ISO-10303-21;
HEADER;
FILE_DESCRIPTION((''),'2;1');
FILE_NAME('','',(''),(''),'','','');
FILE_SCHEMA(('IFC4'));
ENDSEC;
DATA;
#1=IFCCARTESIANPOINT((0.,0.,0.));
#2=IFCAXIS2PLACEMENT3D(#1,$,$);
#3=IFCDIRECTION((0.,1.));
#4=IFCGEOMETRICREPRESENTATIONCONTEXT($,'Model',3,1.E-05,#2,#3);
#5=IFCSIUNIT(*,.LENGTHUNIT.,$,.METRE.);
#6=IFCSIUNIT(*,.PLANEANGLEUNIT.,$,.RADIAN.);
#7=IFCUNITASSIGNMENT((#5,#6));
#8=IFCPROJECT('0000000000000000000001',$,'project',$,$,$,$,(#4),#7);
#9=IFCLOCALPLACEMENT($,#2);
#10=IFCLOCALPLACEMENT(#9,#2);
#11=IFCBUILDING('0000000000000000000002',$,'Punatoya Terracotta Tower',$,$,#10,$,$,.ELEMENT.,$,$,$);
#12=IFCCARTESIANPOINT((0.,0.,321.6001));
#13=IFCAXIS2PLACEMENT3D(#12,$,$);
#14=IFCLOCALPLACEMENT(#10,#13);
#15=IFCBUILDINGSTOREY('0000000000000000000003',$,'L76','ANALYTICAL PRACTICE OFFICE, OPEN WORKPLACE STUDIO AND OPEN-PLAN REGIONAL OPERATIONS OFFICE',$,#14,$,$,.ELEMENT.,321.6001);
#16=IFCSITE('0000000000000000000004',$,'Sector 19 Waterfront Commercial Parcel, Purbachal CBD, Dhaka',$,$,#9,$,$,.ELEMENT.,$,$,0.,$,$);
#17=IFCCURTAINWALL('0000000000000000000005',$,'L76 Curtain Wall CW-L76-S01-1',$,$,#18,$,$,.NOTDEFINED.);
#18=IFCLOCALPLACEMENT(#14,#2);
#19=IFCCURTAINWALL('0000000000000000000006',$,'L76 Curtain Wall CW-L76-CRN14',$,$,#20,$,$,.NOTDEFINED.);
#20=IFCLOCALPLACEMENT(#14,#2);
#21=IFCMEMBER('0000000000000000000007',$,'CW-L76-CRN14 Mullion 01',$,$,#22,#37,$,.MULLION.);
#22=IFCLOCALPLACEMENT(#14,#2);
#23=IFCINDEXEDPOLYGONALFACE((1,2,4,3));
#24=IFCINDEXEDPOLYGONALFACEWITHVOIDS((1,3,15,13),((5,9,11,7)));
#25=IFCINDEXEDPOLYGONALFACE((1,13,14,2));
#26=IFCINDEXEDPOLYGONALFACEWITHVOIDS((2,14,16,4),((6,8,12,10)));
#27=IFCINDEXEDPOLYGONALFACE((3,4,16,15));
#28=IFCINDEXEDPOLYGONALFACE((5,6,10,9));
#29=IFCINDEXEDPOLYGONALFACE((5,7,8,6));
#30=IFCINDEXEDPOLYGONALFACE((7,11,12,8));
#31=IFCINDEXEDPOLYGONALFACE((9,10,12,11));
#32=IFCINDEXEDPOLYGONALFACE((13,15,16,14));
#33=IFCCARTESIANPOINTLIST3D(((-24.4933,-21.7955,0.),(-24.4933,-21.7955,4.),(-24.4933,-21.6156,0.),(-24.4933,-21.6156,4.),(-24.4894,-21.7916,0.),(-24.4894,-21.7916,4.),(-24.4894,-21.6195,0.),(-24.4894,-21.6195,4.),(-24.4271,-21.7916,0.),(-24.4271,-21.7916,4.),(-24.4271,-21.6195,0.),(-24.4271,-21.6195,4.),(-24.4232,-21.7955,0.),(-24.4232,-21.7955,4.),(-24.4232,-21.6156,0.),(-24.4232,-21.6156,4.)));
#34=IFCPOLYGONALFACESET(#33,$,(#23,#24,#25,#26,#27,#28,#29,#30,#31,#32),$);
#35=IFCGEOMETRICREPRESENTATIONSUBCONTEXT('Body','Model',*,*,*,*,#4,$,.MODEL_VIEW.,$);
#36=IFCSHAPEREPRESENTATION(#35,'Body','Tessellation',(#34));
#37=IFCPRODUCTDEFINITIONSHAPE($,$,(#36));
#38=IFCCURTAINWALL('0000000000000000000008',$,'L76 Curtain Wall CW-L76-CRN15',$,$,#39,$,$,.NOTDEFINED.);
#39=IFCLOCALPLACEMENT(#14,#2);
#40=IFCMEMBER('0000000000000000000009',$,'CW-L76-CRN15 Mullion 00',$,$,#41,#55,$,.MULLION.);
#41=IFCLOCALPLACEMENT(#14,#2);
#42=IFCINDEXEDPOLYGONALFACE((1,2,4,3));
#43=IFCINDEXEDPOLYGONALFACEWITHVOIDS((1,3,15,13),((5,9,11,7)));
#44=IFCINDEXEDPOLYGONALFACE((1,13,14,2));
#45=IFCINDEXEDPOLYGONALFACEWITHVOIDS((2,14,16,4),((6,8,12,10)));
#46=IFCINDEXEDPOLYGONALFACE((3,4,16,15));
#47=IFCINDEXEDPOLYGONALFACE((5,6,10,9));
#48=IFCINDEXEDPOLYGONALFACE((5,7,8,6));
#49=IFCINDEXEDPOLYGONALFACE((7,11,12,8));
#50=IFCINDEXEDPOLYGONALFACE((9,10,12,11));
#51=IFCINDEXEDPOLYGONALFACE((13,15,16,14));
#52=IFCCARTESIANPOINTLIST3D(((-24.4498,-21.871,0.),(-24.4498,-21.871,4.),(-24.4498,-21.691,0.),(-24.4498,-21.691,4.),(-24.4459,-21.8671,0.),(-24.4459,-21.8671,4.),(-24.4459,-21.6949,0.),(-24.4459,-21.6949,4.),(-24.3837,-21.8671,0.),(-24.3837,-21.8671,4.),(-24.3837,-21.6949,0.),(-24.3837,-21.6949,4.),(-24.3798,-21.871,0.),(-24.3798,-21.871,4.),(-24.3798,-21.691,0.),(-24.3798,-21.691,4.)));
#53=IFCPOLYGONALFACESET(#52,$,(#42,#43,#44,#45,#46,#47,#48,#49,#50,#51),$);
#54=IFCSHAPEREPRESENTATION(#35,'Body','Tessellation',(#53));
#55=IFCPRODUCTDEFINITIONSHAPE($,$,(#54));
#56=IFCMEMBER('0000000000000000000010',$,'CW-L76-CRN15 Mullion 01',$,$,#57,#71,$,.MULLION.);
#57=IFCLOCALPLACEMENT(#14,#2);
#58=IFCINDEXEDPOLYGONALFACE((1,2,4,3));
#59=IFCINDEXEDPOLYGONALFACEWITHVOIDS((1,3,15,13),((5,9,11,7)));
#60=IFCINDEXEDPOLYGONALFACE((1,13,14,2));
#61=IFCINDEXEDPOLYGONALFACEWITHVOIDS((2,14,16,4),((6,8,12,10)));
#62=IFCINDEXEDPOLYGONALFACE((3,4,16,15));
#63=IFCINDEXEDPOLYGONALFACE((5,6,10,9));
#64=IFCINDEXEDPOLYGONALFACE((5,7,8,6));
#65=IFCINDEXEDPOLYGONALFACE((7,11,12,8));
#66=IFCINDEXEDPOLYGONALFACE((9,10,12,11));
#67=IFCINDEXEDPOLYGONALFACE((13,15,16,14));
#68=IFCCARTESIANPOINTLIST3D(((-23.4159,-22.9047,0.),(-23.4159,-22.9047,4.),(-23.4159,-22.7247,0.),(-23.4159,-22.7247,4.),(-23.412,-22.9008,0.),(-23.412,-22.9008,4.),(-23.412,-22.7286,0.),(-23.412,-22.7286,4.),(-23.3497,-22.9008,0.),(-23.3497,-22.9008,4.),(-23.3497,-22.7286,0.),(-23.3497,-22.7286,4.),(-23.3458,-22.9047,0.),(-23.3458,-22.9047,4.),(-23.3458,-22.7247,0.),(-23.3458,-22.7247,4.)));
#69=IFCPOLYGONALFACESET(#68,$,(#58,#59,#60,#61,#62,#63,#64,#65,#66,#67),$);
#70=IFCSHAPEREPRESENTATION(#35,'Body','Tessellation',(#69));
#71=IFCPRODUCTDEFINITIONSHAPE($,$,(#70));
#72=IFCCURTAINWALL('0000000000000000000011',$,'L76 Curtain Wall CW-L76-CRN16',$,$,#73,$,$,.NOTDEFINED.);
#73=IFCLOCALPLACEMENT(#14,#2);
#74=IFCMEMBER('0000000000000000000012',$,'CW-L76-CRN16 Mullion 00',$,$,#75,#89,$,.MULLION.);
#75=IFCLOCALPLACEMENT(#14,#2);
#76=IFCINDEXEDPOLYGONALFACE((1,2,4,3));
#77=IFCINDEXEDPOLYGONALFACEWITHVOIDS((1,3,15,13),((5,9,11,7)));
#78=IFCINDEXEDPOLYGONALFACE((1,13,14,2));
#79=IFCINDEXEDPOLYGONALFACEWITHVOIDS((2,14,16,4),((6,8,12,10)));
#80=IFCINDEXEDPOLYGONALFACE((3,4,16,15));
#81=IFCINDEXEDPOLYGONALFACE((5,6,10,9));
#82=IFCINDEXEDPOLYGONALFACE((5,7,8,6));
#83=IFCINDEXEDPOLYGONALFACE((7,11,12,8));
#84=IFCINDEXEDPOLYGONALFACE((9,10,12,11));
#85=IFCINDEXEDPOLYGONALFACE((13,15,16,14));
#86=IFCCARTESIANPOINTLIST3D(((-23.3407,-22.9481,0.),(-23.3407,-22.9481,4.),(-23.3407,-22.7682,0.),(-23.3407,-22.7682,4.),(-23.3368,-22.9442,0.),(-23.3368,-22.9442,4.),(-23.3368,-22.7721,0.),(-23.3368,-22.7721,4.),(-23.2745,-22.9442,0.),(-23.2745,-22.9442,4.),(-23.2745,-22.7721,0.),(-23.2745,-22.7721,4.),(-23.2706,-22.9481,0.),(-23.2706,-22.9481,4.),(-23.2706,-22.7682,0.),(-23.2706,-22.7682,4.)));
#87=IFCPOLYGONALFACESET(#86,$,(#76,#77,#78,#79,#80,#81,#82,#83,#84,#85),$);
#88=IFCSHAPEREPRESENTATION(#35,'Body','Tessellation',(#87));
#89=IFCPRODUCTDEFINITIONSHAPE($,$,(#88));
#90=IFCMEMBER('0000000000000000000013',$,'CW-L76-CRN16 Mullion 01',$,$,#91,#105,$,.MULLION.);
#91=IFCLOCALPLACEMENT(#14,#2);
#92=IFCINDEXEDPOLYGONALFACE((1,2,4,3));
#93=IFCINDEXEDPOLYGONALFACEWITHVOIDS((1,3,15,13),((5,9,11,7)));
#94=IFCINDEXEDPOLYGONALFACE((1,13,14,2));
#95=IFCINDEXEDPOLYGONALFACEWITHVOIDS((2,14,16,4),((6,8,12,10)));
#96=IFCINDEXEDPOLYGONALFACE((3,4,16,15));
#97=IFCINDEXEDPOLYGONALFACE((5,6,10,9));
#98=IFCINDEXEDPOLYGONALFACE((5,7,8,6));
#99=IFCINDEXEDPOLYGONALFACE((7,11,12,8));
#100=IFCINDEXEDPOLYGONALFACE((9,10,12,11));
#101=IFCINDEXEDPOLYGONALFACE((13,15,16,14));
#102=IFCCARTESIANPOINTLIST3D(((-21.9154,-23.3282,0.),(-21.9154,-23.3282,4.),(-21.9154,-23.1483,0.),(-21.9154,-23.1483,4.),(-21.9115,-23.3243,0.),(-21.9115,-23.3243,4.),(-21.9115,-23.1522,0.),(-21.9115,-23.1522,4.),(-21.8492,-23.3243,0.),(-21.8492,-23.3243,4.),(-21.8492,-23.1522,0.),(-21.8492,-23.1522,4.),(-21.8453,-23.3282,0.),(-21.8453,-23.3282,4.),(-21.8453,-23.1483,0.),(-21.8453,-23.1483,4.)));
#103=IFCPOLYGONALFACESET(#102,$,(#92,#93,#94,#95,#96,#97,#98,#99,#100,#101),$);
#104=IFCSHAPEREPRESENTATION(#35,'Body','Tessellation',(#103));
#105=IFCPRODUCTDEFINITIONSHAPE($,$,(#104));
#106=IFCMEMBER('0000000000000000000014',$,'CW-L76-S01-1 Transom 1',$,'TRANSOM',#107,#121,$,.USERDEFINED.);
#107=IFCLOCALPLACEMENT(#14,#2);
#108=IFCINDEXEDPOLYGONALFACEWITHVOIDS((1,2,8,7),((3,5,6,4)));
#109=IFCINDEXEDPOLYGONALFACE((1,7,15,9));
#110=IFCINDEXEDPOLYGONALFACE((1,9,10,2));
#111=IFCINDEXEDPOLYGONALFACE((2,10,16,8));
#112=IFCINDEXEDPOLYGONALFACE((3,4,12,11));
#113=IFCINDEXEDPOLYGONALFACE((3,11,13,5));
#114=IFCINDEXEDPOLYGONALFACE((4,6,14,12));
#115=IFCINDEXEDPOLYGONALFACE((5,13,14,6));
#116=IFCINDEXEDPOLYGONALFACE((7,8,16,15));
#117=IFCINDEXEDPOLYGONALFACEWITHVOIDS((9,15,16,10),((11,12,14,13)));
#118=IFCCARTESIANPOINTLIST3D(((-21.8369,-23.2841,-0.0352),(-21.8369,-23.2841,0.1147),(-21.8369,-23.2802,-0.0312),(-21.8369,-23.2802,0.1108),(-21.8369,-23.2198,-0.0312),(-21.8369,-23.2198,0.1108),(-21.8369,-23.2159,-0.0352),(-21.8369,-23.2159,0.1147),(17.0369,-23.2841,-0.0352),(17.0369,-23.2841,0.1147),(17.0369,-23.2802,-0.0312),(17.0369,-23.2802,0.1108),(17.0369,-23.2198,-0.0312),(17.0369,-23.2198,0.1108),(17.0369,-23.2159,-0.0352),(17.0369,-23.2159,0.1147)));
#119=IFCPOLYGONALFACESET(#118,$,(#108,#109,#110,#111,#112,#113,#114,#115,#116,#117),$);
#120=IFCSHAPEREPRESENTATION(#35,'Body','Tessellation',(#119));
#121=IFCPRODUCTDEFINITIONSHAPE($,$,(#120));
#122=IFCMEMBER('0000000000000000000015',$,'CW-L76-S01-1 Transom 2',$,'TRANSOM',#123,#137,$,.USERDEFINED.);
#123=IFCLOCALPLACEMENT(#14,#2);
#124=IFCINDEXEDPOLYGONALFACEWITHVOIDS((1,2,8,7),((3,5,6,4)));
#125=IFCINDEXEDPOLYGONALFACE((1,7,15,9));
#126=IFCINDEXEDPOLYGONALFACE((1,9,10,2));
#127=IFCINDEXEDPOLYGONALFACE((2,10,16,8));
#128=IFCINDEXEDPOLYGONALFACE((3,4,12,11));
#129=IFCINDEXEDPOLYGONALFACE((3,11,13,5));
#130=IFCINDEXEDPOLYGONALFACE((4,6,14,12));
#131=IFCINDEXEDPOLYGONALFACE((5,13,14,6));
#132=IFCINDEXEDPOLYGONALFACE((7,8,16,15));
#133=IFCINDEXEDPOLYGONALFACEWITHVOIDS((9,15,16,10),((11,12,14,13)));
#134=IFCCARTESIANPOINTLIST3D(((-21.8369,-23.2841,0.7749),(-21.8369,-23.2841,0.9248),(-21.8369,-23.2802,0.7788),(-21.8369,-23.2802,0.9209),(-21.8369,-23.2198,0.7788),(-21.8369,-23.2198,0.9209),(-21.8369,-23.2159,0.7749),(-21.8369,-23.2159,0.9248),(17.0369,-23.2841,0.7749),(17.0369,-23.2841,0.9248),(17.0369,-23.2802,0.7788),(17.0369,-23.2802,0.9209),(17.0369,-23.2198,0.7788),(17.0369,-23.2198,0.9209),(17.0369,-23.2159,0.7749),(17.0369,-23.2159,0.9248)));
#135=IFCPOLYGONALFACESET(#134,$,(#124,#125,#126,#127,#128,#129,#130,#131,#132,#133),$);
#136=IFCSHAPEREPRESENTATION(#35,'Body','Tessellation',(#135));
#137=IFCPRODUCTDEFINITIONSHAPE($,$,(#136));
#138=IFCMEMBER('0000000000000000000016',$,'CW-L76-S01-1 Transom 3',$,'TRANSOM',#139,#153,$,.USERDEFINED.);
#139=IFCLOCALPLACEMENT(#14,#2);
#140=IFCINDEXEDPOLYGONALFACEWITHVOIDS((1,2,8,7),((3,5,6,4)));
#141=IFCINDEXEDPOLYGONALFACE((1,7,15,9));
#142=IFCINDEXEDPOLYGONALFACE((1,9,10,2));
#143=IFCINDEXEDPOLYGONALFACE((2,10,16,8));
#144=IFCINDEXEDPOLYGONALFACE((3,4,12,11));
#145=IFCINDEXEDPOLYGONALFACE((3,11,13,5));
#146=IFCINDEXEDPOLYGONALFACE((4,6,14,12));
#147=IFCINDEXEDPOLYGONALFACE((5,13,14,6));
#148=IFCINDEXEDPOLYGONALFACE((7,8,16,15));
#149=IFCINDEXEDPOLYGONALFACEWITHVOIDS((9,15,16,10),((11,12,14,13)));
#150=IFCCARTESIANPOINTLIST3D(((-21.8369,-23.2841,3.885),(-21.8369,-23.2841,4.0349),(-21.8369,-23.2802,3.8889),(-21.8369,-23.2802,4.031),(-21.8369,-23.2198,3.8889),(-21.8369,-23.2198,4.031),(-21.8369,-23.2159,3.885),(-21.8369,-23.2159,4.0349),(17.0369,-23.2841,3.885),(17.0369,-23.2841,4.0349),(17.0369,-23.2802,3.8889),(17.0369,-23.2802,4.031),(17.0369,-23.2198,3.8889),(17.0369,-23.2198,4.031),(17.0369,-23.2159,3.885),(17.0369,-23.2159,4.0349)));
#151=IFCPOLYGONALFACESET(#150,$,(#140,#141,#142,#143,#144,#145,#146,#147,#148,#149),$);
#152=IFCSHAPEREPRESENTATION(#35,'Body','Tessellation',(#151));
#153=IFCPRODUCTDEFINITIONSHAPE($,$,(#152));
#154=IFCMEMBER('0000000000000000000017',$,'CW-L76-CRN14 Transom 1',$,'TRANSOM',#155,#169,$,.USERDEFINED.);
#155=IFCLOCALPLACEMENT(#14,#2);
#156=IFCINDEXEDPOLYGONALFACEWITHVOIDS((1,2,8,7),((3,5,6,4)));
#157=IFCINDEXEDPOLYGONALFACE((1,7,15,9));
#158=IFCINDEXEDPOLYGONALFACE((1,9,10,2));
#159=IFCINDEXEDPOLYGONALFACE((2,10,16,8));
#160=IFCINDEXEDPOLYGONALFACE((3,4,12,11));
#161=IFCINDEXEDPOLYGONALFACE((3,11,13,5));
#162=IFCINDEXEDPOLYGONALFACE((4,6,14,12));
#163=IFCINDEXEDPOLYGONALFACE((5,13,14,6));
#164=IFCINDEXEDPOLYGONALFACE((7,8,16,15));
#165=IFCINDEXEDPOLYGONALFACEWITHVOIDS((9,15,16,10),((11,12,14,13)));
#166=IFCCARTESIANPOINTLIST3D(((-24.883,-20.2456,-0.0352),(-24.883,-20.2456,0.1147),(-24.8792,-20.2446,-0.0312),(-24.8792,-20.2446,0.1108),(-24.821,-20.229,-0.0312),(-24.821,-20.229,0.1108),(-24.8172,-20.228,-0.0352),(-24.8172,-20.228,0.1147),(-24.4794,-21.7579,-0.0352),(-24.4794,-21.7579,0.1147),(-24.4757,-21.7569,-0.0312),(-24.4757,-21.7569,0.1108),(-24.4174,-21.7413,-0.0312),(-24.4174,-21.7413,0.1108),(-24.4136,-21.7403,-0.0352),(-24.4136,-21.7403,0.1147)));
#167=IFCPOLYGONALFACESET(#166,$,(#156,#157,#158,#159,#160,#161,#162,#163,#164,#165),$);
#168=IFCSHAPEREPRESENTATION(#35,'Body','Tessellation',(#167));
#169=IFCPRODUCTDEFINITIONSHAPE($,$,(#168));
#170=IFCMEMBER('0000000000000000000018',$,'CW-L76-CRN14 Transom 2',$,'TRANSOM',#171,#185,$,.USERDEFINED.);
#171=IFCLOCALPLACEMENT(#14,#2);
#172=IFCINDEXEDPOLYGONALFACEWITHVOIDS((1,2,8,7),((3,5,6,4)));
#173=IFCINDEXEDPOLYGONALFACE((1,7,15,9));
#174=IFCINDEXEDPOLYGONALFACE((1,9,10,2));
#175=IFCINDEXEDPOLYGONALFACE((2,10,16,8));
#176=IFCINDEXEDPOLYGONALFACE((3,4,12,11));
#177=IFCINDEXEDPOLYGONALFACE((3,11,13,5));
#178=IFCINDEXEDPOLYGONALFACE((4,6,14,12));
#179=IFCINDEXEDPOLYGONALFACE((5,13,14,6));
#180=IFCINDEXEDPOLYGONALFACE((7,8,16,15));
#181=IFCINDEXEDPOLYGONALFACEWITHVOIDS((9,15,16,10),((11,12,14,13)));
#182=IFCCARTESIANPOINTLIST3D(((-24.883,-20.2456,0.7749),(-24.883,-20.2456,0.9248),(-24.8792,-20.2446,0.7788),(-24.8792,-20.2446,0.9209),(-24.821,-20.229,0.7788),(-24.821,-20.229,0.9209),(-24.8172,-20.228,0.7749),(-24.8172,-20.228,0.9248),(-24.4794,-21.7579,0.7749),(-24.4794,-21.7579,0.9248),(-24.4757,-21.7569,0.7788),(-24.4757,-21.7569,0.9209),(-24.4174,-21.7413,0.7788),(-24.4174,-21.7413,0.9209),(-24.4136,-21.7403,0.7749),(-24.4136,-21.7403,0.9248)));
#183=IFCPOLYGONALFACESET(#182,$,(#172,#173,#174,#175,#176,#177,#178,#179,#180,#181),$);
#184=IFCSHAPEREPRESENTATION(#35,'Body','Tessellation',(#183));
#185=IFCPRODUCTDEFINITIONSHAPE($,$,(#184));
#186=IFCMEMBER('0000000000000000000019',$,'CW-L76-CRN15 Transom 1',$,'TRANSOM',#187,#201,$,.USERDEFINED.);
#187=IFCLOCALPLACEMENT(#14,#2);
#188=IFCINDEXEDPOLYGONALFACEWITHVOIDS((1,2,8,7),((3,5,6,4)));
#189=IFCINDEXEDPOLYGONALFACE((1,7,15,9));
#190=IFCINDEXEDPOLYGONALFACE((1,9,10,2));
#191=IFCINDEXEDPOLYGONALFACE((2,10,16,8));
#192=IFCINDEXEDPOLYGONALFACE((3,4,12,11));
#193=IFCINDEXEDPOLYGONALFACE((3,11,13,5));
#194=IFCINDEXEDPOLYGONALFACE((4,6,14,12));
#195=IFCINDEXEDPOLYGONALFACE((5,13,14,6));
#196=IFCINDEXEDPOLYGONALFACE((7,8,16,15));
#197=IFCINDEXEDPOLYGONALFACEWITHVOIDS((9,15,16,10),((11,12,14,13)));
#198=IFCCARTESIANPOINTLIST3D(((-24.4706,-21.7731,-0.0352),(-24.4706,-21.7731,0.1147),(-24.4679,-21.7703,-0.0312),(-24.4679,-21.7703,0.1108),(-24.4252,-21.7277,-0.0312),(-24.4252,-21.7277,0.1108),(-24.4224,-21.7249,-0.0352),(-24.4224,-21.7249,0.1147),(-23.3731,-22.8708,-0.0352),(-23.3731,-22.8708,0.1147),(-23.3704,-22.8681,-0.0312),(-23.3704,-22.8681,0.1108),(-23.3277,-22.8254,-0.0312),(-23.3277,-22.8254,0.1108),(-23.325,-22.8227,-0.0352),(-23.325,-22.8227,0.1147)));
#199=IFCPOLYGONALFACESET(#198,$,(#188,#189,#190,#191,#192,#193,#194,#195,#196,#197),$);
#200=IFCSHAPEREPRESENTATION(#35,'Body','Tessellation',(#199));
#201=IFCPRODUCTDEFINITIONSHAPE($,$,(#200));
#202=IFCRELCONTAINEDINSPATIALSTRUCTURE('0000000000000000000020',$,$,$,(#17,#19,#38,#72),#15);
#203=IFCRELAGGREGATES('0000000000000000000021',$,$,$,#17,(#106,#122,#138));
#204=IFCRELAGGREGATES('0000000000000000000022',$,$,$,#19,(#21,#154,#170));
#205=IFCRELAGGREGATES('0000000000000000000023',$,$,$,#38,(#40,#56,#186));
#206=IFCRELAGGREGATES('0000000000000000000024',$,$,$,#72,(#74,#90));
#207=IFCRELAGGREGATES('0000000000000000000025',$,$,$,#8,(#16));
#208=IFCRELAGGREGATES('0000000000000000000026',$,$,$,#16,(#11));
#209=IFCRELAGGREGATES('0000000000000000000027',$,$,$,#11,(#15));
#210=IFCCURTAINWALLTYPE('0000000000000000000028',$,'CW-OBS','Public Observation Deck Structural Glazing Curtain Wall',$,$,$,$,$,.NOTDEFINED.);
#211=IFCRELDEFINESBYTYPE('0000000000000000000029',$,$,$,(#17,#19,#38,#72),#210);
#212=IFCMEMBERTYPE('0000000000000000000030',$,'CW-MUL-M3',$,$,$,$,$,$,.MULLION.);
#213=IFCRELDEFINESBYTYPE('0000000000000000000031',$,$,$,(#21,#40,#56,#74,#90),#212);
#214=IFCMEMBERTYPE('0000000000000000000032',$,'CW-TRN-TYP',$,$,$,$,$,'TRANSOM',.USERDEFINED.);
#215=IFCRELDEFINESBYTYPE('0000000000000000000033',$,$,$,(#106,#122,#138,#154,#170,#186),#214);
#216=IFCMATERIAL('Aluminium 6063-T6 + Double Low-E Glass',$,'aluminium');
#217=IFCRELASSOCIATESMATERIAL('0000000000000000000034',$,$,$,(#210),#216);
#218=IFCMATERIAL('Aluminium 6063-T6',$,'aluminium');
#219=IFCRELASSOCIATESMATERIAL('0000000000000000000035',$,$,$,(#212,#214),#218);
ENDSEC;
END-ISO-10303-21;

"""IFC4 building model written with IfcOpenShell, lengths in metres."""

from ifc_helpers import new_model, si_unit, direction, frame, origin, origin_2d, place, context, subcontext, project, spatial, hollow_rectangle, extrude, material, material_profile, profile_set, type_object, element, aggregate, save


model = new_model("IFC4")

# Units and contexts
model_context = context("Model", 3, precision=1e-05, world=origin(), true_north=direction((0.0, 1.0)))
body_context = subcontext(model_context, "Body", "Model", "MODEL_VIEW")
ifc_project = project(units=[si_unit("LENGTHUNIT", "METRE"), si_unit("PLANEANGLEUNIT", "RADIAN")], contexts=[model_context])

# Site, building, storey
site_placement = place(None, origin())
site = spatial("IfcSite", under=ifc_project, at=site_placement, Name="Sector 19 Waterfront Commercial Parcel, Purbachal CBD, Dhaka", CompositionType="ELEMENT", RefElevation=0.0)
building_placement = place(site_placement, origin())
building = spatial("IfcBuilding", under=site, at=building_placement, Name="Punatoya Terracotta Tower", CompositionType="ELEMENT")
storey_placement = place(building_placement, frame((0.0, 0.0, 321.6001)))
storey = spatial("IfcBuildingStorey", under=building, at=storey_placement, Name="L76", Description="ANALYTICAL PRACTICE OFFICE, OPEN WORKPLACE STUDIO AND OPEN-PLAN REGIONAL OPERATIONS OFFICE", CompositionType="ELEMENT", Elevation=321.6001)

# Curtain wall
ifc_material_1 = material(Name="Aluminium 6063-T6 + Double Low-E Glass", Category="aluminium")
curtain_wall_type = type_object("IfcCurtainWallType", Name="CW-OBS", Description="Public Observation Deck Structural Glazing Curtain Wall", PredefinedType="NOTDEFINED", material=ifc_material_1)
curtain_wall_1_placement = place(storey_placement, origin())
curtain_wall_1 = element("IfcCurtainWall", 1, at=curtain_wall_1_placement, inside=storey, type_object=curtain_wall_type, Name="L76 Curtain Wall CW-L76-S01-1", PredefinedType="NOTDEFINED")
ifc_material_2 = material(Name="Aluminium 6063-T6", Category="aluminium")
ifc_material_profile_1 = material_profile(ifc_material_2, hollow_rectangle(XDim=0.0701, YDim=0.1799, WallThickness=0.0039, at=origin_2d()))
ifc_profile_set_1 = profile_set([ifc_material_profile_1], Name="Aluminium 6063-T6")
member_type_1 = type_object("IfcMemberType", Name="CW-MUL-M3", PredefinedType="MULLION", material=ifc_profile_set_1)

# Curtain walls, members
curtain_wall_2_placement = place(storey_placement, origin())
curtain_wall_2 = element("IfcCurtainWall", 2, at=curtain_wall_2_placement, inside=storey, type_object=curtain_wall_type, Name="L76 Curtain Wall CW-L76-CRN14", PredefinedType="NOTDEFINED")
member_1_placement = place(storey_placement, frame((-24.4583, -21.7056, 0.0), z_axis=(0.0, 0.0, 1.0), x_axis=(1.0, 0.0, 0.0)))
member_1 = element("IfcMember", 3, at=member_1_placement, type_object=member_type_1, Name="CW-L76-CRN14 Mullion 01", PredefinedType="MULLION", context=body_context, shape_type="SweptSolid", body=[
    extrude(hollow_rectangle(XDim=0.0701, YDim=0.1799, WallThickness=0.0039, at=origin_2d()), origin(), (0.0, 0.0, 1.0), 4.0),
])
curtain_wall_3_placement = place(storey_placement, origin())
curtain_wall_3 = element("IfcCurtainWall", 4, at=curtain_wall_3_placement, inside=storey, type_object=curtain_wall_type, Name="L76 Curtain Wall CW-L76-CRN15", PredefinedType="NOTDEFINED")
member_2_placement = place(storey_placement, frame((-24.4148, -21.781, 0.0), z_axis=(0.0, 0.0, 1.0), x_axis=(1.0, 0.0, 0.0)))
member_2 = element("IfcMember", 5, at=member_2_placement, type_object=member_type_1, Name="CW-L76-CRN15 Mullion 00", PredefinedType="MULLION", context=body_context, shape_type="SweptSolid", body=[
    extrude(hollow_rectangle(XDim=0.0701, YDim=0.1799, WallThickness=0.0039, at=origin_2d()), origin(), (0.0, 0.0, 1.0), 4.0),
])
member_3_placement = place(storey_placement, frame((-23.3809, -22.8147, 0.0), z_axis=(0.0, 0.0, 1.0), x_axis=(1.0, 0.0, 0.0)))
member_3 = element("IfcMember", 6, at=member_3_placement, type_object=member_type_1, Name="CW-L76-CRN15 Mullion 01", PredefinedType="MULLION", context=body_context, shape_type="SweptSolid", body=[
    extrude(hollow_rectangle(XDim=0.0701, YDim=0.1799, WallThickness=0.0039, at=origin_2d()), origin(), (0.0, 0.0, 1.0), 4.0),
])
curtain_wall_4_placement = place(storey_placement, origin())
curtain_wall_4 = element("IfcCurtainWall", 7, at=curtain_wall_4_placement, inside=storey, type_object=curtain_wall_type, Name="L76 Curtain Wall CW-L76-CRN16", PredefinedType="NOTDEFINED")
member_4_placement = place(storey_placement, frame((-23.3057, -22.8582, 0.0), z_axis=(0.0, 0.0, 1.0), x_axis=(1.0, 0.0, 0.0)))
member_4 = element("IfcMember", 8, at=member_4_placement, type_object=member_type_1, Name="CW-L76-CRN16 Mullion 00", PredefinedType="MULLION", context=body_context, shape_type="SweptSolid", body=[
    extrude(hollow_rectangle(XDim=0.0701, YDim=0.1799, WallThickness=0.0039, at=origin_2d()), origin(), (0.0, 0.0, 1.0), 4.0),
])
member_5_placement = place(storey_placement, frame((-21.8804, -23.2383, 0.0), z_axis=(0.0, 0.0, 1.0), x_axis=(1.0, 0.0, 0.0)))
member_5 = element("IfcMember", 9, at=member_5_placement, type_object=member_type_1, Name="CW-L76-CRN16 Mullion 01", PredefinedType="MULLION", context=body_context, shape_type="SweptSolid", body=[
    extrude(hollow_rectangle(XDim=0.0701, YDim=0.1799, WallThickness=0.0039, at=origin_2d()), origin(), (0.0, 0.0, 1.0), 4.0),
])

# Members
ifc_material_profile_2 = material_profile(ifc_material_2, hollow_rectangle(XDim=0.0681, YDim=0.1499, WallThickness=0.0039, at=origin_2d()))
ifc_profile_set_2 = profile_set([ifc_material_profile_2], Name="Aluminium 6063-T6")
member_type_2 = type_object("IfcMemberType", Name="CW-TRN-TYP", ElementType="TRANSOM", PredefinedType="USERDEFINED", material=ifc_profile_set_2)
member_6_placement = place(storey_placement, frame((-21.8369, -23.25, 0.0398), z_axis=(1.0, 0.0, 0.0), x_axis=(0.0, 1.0, 0.0)))
member_6 = element("IfcMember", 10, at=member_6_placement, type_object=member_type_2, Name="CW-L76-S01-1 Transom 1", ObjectType="TRANSOM", PredefinedType="USERDEFINED", context=body_context, shape_type="SweptSolid", body=[
    extrude(hollow_rectangle(XDim=0.0681, YDim=0.1499, WallThickness=0.0039, at=origin_2d()), origin(), (0.0, 0.0, 1.0), 38.8738),
])
member_7_placement = place(storey_placement, frame((-21.8369, -23.25, 0.8499), z_axis=(1.0, 0.0, 0.0), x_axis=(0.0, 1.0, 0.0)))
member_7 = element("IfcMember", 11, at=member_7_placement, type_object=member_type_2, Name="CW-L76-S01-1 Transom 2", ObjectType="TRANSOM", PredefinedType="USERDEFINED", context=body_context, shape_type="SweptSolid", body=[
    extrude(hollow_rectangle(XDim=0.0681, YDim=0.1499, WallThickness=0.0039, at=origin_2d()), origin(), (0.0, 0.0, 1.0), 38.8738),
])
member_8_placement = place(storey_placement, frame((-21.8369, -23.25, 3.96), z_axis=(1.0, 0.0, 0.0), x_axis=(0.0, 1.0, 0.0)))
member_8 = element("IfcMember", 12, at=member_8_placement, type_object=member_type_2, Name="CW-L76-S01-1 Transom 3", ObjectType="TRANSOM", PredefinedType="USERDEFINED", context=body_context, shape_type="SweptSolid", body=[
    extrude(hollow_rectangle(XDim=0.0681, YDim=0.1499, WallThickness=0.0039, at=origin_2d()), origin(), (0.0, 0.0, 1.0), 38.8738),
])
member_9_placement = place(storey_placement, frame((-24.8501, -20.2368, 0.0398), z_axis=(0.257847, -0.966186, 0.0), x_axis=(0.966186, 0.257847, 0.0)))
member_9 = element("IfcMember", 13, at=member_9_placement, type_object=member_type_2, Name="CW-L76-CRN14 Transom 1", ObjectType="TRANSOM", PredefinedType="USERDEFINED", context=body_context, shape_type="SweptSolid", body=[
    extrude(hollow_rectangle(XDim=0.0681, YDim=0.1499, WallThickness=0.0039, at=origin_2d()), origin(), (0.0, 0.0, 1.0), 1.5652),
])
member_10_placement = place(storey_placement, frame((-24.8501, -20.2368, 0.8499), z_axis=(0.257847, -0.966186, 0.0), x_axis=(0.966186, 0.257847, 0.0)))
member_10 = element("IfcMember", 14, at=member_10_placement, type_object=member_type_2, Name="CW-L76-CRN14 Transom 2", ObjectType="TRANSOM", PredefinedType="USERDEFINED", context=body_context, shape_type="SweptSolid", body=[
    extrude(hollow_rectangle(XDim=0.0681, YDim=0.1499, WallThickness=0.0039, at=origin_2d()), origin(), (0.0, 0.0, 1.0), 1.5652),
])
member_11_placement = place(storey_placement, frame((-24.4465, -21.749, 0.0398), z_axis=(0.707028, -0.707185, 0.0), x_axis=(0.707185, 0.707028, 0.0)))
member_11 = element("IfcMember", 15, at=member_11_placement, type_object=member_type_2, Name="CW-L76-CRN15 Transom 1", ObjectType="TRANSOM", PredefinedType="USERDEFINED", context=body_context, shape_type="SweptSolid", body=[
    extrude(hollow_rectangle(XDim=0.0681, YDim=0.1499, WallThickness=0.0039, at=origin_2d()), origin(), (0.0, 0.0, 1.0), 1.5522),
])

aggregate(curtain_wall_1, [member_6, member_7, member_8])
aggregate(curtain_wall_2, [member_1, member_9, member_10])
aggregate(curtain_wall_3, [member_2, member_3, member_11])
aggregate(curtain_wall_4, [member_4, member_5])

save(model, "model.ifc")
